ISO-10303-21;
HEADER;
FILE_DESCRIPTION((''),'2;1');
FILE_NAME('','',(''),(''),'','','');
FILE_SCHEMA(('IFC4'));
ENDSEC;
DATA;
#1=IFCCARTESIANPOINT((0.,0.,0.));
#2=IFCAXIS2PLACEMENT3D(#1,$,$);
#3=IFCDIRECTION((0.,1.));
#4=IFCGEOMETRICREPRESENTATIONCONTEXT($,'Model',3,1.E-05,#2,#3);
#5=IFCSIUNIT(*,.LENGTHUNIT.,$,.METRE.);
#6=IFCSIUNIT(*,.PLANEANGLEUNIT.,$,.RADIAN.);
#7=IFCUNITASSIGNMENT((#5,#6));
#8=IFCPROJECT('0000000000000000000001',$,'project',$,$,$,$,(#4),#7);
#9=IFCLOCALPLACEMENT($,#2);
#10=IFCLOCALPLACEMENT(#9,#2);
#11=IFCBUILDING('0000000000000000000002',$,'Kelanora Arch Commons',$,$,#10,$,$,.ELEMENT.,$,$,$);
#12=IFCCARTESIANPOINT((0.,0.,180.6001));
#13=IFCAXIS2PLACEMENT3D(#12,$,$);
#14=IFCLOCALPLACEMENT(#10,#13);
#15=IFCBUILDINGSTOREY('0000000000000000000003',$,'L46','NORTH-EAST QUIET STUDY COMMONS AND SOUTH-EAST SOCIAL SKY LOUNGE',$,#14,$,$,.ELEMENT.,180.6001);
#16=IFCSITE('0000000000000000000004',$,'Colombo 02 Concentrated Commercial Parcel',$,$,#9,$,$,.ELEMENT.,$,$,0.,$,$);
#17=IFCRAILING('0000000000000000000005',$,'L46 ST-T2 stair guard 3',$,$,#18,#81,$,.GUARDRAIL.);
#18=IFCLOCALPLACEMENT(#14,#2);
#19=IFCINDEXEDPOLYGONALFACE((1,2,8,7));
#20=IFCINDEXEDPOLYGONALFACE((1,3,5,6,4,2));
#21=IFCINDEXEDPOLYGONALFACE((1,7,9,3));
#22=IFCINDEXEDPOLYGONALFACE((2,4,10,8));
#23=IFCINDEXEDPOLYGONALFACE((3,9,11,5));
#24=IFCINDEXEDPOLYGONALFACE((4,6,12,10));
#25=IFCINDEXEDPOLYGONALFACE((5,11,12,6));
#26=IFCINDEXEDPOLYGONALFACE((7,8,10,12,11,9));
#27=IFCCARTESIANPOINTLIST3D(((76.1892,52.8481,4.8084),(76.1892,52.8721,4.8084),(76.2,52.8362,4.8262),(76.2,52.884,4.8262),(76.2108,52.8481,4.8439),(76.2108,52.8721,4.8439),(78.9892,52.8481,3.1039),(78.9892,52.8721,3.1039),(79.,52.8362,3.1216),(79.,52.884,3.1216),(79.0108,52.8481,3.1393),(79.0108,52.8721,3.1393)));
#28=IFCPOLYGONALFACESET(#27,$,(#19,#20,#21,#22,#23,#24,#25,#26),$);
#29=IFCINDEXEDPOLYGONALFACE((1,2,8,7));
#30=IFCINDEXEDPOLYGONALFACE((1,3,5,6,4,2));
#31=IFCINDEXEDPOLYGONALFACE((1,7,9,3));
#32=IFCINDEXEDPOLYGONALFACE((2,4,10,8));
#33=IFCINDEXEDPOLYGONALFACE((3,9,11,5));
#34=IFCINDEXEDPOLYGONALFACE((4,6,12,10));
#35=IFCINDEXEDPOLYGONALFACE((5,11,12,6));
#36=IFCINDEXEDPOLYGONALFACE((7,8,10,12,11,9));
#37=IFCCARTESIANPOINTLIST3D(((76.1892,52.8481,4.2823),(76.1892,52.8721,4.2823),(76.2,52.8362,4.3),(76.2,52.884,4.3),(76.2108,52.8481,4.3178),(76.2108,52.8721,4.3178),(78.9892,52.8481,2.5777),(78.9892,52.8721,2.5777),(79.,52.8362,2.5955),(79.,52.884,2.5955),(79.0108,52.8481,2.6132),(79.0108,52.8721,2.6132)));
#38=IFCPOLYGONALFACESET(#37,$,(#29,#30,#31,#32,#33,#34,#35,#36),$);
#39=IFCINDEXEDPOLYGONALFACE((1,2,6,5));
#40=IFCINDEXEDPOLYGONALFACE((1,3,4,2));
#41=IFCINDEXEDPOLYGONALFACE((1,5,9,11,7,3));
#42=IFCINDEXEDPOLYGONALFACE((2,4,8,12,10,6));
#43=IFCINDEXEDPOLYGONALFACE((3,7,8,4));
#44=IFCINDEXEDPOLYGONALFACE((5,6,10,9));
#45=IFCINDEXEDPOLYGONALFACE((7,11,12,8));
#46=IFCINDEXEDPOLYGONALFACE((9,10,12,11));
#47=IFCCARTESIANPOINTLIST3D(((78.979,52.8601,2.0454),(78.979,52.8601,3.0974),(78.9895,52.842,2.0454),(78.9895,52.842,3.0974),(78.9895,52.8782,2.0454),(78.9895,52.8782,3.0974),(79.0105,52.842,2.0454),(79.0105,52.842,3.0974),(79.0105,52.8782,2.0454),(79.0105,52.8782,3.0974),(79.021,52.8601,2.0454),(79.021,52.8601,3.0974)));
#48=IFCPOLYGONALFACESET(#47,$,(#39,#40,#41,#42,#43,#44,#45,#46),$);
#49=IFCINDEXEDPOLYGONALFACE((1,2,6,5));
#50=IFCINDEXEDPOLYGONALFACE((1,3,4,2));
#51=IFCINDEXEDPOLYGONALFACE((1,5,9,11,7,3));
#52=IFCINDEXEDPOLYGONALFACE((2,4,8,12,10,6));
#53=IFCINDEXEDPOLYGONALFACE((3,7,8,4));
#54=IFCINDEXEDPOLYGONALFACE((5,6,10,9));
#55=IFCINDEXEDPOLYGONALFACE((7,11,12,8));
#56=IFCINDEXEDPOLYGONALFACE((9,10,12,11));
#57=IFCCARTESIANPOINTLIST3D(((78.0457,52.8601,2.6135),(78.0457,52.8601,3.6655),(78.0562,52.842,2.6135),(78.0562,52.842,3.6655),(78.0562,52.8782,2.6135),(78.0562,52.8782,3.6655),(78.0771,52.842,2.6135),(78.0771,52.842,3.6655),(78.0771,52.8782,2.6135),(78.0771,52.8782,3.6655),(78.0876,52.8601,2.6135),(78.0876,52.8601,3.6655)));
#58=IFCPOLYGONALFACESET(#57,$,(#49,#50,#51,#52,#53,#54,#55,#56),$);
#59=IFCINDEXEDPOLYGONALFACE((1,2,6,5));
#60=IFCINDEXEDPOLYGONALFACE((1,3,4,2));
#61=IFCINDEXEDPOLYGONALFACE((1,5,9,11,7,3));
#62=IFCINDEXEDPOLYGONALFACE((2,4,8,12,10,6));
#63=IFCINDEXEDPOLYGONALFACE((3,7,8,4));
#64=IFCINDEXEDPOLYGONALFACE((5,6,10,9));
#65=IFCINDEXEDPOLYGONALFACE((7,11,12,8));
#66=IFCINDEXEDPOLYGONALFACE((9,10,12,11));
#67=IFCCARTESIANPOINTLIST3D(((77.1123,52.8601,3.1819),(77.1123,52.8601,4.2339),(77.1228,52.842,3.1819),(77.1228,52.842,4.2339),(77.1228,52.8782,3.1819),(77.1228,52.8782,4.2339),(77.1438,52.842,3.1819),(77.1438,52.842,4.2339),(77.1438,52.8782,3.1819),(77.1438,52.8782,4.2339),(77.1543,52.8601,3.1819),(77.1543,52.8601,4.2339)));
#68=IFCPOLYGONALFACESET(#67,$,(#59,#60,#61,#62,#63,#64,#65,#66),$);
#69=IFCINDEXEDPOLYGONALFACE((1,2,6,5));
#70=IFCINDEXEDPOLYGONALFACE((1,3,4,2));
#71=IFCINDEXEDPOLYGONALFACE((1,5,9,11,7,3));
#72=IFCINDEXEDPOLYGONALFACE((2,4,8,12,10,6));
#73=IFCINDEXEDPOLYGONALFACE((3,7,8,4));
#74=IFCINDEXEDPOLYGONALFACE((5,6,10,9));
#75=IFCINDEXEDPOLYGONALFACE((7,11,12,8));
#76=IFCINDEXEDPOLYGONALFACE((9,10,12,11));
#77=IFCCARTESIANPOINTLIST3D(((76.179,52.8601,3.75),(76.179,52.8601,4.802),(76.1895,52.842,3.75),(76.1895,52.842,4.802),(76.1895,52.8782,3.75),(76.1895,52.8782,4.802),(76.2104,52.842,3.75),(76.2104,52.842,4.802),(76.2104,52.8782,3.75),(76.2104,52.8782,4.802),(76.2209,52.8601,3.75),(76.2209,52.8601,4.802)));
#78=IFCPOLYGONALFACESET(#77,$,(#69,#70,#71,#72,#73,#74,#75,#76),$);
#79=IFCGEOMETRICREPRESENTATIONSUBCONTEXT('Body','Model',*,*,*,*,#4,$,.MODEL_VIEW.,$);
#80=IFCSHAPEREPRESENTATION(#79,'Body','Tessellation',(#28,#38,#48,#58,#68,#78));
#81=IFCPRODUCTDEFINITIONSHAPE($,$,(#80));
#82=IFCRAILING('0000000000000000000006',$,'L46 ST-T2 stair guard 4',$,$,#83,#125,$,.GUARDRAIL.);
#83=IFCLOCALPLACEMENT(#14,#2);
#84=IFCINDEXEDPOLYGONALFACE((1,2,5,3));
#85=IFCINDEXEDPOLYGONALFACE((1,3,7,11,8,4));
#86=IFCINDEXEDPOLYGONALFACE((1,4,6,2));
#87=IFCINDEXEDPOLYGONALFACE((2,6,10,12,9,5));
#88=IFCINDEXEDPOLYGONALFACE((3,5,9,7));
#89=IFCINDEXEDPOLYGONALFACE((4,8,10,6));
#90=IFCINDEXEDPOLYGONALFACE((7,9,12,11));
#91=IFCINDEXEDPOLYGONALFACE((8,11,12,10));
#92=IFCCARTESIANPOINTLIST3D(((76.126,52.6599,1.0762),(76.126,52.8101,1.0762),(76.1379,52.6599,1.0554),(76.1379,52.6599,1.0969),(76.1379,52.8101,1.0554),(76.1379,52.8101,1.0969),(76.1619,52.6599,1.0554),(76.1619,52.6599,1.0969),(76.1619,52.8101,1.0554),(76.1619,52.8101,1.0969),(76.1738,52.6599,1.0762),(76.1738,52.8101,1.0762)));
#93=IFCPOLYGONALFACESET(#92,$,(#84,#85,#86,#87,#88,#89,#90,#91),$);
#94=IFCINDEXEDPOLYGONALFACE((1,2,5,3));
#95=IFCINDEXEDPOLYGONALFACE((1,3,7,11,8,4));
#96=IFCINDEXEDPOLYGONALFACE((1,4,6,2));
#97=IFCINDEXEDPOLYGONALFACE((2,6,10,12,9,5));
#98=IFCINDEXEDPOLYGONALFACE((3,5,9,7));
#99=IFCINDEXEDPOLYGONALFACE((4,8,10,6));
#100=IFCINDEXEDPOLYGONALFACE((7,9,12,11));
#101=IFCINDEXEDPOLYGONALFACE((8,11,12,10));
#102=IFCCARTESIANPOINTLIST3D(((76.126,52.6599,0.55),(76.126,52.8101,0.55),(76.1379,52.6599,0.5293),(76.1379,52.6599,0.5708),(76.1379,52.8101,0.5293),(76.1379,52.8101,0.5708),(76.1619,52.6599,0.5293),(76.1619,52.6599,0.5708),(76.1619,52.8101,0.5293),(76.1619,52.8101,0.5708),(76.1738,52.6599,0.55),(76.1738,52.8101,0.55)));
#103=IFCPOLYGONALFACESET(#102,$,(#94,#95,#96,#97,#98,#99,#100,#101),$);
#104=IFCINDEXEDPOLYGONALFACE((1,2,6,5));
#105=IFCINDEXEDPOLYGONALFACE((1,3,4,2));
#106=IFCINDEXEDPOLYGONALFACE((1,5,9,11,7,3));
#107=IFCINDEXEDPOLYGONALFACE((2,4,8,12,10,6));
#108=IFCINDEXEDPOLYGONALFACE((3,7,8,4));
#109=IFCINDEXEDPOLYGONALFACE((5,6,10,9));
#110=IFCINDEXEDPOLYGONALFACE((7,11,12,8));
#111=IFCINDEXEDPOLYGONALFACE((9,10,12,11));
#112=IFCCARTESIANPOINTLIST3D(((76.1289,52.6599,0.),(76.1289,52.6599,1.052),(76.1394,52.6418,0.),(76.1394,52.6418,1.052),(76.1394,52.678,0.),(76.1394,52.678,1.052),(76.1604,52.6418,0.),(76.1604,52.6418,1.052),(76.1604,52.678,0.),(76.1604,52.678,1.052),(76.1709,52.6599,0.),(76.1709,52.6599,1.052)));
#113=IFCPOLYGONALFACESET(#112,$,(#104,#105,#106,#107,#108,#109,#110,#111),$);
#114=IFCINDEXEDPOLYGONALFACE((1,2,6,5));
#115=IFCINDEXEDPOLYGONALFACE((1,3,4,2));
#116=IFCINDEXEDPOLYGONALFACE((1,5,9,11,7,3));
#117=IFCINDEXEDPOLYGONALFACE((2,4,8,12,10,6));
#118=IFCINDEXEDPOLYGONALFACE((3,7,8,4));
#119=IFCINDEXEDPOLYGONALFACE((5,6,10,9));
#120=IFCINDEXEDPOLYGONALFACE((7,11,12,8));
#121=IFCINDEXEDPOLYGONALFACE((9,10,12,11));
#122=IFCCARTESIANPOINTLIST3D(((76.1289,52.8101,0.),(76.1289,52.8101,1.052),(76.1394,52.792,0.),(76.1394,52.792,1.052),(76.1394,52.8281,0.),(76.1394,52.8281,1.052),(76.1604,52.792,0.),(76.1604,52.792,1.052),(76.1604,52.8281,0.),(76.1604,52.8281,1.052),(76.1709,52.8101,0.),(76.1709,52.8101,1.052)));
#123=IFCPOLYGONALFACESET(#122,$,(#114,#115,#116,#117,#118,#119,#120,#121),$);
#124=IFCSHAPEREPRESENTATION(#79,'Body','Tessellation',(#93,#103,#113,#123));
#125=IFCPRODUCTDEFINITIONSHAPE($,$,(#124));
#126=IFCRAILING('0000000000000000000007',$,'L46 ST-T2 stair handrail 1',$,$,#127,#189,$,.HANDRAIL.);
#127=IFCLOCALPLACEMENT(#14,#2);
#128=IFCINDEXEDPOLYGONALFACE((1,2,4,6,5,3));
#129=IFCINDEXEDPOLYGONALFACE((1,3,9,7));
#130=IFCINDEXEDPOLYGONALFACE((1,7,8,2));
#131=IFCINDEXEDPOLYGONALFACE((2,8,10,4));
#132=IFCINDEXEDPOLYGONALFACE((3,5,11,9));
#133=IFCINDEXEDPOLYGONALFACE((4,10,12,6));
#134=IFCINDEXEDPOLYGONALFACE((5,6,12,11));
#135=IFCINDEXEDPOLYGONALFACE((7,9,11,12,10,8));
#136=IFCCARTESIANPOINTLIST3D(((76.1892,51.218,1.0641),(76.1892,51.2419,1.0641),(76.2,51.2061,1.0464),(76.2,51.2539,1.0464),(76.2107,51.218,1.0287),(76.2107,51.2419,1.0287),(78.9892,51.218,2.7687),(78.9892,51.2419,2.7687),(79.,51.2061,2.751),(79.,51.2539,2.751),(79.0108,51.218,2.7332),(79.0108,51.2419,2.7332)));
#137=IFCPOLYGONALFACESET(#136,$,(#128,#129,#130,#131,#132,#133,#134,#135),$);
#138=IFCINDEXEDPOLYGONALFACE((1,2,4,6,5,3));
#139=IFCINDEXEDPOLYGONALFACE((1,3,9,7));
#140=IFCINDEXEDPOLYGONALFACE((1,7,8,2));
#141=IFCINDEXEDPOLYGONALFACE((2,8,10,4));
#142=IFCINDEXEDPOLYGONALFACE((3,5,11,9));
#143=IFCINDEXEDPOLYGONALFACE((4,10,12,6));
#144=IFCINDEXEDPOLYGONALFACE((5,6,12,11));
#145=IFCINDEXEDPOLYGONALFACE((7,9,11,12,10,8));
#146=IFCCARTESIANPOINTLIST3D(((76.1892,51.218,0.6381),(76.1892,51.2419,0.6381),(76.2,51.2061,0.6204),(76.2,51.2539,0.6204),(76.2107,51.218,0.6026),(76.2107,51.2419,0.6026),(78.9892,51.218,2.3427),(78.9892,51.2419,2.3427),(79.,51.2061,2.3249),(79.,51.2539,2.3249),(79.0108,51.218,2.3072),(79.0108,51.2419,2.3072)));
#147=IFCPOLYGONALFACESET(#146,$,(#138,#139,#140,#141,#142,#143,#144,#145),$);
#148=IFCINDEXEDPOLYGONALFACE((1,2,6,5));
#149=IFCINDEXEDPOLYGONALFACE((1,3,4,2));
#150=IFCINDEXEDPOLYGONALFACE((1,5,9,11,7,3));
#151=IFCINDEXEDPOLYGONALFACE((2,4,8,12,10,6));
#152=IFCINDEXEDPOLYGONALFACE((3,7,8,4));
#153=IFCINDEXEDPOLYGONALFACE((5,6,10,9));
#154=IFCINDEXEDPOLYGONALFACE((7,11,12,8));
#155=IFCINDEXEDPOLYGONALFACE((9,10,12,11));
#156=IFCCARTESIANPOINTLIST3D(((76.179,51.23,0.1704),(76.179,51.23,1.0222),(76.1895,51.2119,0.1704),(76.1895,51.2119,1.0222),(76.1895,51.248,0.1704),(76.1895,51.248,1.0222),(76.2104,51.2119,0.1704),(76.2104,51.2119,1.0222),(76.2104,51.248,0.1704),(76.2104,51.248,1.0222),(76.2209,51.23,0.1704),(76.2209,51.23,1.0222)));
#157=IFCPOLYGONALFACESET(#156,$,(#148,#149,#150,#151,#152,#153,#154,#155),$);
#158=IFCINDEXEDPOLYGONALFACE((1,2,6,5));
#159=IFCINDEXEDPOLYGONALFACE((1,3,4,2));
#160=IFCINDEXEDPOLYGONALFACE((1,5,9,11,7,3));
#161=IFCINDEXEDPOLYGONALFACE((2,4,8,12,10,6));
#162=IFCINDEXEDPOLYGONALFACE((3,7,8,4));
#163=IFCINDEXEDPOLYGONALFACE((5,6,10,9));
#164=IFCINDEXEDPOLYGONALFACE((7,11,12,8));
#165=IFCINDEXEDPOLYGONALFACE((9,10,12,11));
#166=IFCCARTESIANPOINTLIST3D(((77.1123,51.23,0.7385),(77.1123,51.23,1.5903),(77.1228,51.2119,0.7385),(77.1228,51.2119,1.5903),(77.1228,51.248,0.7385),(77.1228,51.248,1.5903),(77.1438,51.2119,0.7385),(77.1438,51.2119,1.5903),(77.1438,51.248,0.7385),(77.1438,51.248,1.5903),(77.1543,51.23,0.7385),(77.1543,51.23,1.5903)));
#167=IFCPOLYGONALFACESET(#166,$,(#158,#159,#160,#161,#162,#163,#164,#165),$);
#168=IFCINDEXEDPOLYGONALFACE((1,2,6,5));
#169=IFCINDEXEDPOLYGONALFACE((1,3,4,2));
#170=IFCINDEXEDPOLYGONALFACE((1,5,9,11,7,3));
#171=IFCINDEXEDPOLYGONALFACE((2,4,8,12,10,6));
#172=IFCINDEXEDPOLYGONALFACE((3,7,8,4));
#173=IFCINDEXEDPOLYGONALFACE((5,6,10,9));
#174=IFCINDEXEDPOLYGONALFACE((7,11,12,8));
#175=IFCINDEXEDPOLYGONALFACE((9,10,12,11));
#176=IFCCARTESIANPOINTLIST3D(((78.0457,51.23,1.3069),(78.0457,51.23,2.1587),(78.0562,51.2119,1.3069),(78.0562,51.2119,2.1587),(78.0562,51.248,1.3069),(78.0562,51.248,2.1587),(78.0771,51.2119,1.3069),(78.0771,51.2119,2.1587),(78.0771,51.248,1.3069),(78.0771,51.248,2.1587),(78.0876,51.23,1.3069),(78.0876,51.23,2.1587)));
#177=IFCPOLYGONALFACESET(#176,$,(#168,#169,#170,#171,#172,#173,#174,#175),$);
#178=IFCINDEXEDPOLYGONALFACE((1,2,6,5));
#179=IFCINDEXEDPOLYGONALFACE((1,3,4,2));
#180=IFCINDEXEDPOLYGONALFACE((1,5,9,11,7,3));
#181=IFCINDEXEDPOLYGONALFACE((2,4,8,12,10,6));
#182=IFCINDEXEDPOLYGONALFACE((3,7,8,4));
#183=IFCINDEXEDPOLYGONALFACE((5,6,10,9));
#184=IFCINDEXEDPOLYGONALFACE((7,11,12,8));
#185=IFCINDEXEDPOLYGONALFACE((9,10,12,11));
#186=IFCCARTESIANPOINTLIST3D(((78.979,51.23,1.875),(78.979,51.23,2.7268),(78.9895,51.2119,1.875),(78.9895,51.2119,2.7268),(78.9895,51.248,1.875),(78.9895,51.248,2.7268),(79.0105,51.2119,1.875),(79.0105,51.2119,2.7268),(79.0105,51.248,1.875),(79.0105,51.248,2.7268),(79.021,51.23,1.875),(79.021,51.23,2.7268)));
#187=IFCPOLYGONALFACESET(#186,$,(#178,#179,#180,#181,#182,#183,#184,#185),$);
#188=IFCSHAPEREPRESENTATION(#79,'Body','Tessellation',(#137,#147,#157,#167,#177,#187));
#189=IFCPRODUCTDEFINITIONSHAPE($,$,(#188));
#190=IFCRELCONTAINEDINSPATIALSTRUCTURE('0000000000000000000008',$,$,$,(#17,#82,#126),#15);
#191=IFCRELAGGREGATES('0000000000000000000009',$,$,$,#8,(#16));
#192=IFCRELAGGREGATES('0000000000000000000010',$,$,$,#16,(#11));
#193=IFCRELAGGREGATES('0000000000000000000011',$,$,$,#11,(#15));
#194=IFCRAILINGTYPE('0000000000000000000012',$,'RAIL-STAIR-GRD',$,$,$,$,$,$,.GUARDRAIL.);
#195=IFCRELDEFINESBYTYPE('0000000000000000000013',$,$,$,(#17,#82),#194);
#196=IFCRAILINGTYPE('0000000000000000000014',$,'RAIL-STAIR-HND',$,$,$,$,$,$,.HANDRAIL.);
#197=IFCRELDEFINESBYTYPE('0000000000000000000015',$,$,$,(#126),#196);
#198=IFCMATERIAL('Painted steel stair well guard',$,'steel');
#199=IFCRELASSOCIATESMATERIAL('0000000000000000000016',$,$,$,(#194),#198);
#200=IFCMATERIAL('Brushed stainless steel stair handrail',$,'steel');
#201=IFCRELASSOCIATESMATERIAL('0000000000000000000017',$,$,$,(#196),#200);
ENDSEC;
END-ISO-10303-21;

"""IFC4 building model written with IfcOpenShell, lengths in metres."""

from ifc_helpers import new_model, si_unit, direction, frame, origin, place, context, subcontext, project, spatial, polyline, outline, extrude, material, type_object, element, save


model = new_model("IFC4")

# Units and contexts
model_context = context("Model", 3, precision=1e-05, world=origin(), true_north=direction((0.0, 1.0)))
body_context = subcontext(model_context, "Body", "Model", "MODEL_VIEW")
ifc_project = project(units=[si_unit("LENGTHUNIT", "METRE"), si_unit("PLANEANGLEUNIT", "RADIAN")], contexts=[model_context])

# Site, building, storey
site_placement = place(None, origin())
site = spatial("IfcSite", under=ifc_project, at=site_placement, Name="Colombo 02 Concentrated Commercial Parcel", CompositionType="ELEMENT", RefElevation=0.0)
building_placement = place(site_placement, origin())
building = spatial("IfcBuilding", under=site, at=building_placement, Name="Kelanora Arch Commons", CompositionType="ELEMENT")
storey_placement = place(building_placement, frame((0.0, 0.0, 180.6001)))
storey = spatial("IfcBuildingStorey", under=building, at=storey_placement, Name="L46", Description="NORTH-EAST QUIET STUDY COMMONS AND SOUTH-EAST SOCIAL SKY LOUNGE", CompositionType="ELEMENT", Elevation=180.6001)

# Railings
ifc_material_1 = material(Name="Painted steel stair well guard", Category="steel")
railing_type_1 = type_object("IfcRailingType", Name="RAIL-STAIR-GRD", PredefinedType="GUARDRAIL", material=ifc_material_1)
railing_1_placement = place(storey_placement, frame((79.0, 52.8601, 2.0454)))
element("IfcRailing", 1, at=railing_1_placement, inside=storey, type_object=railing_type_1, Name="L46 ST-T2 stair guard 3", PredefinedType="GUARDRAIL", context=body_context, shape_type="SweptSolid", body=[
    extrude(outline(polyline([(0.0239, 0.0), (0.012, 0.0208), (-0.012, 0.0208), (-0.0239, 0.0), (-0.012, -0.0208), (0.012, -0.0208), (0.0239, 0.0)])), frame((0.0, 0.0, 1.0762), z_axis=(-0.85417, 0.0, 0.519994), x_axis=(0.0, -1.0, 0.0)), (0.0, 0.0, 1.0), 3.2781),
    extrude(outline(polyline([(0.0239, 0.0), (0.012, 0.0208), (-0.012, 0.0208), (-0.0239, 0.0), (-0.012, -0.0208), (0.012, -0.0208), (0.0239, 0.0)])), frame((0.0, 0.0, 0.55), z_axis=(-0.85417, 0.0, 0.519994), x_axis=(0.0, -1.0, 0.0)), (0.0, 0.0, 1.0), 3.2781),
    extrude(outline(polyline([(0.021, 0.0), (0.0105, 0.0181), (-0.0105, 0.0181), (-0.021, 0.0), (-0.0105, -0.0181), (0.0105, -0.0181), (0.021, 0.0)])), origin(), (0.0, 0.0, 1.0), 1.052),
    extrude(outline(polyline([(0.021, 0.0), (0.0105, 0.0181), (-0.0105, 0.0181), (-0.021, 0.0), (-0.0105, -0.0181), (0.0105, -0.0181), (0.021, 0.0)])), frame((-0.9333, 0.0, 0.5681)), (0.0, 0.0, 1.0), 1.052),
    extrude(outline(polyline([(0.021, 0.0), (0.0105, 0.0181), (-0.0105, 0.0181), (-0.021, 0.0), (-0.0105, -0.0181), (0.0105, -0.0181), (0.021, 0.0)])), frame((-1.8667, 0.0, 1.1365)), (0.0, 0.0, 1.0), 1.052),
    extrude(outline(polyline([(0.021, 0.0), (0.0105, 0.0181), (-0.0105, 0.0181), (-0.021, 0.0), (-0.0105, -0.0181), (0.0105, -0.0181), (0.021, 0.0)])), frame((-2.8, 0.0, 1.7046)), (0.0, 0.0, 1.0), 1.052),
])
railing_2_placement = place(storey_placement, frame((76.1499, 52.6599, 0.0)))
element("IfcRailing", 2, at=railing_2_placement, inside=storey, type_object=railing_type_1, Name="L46 ST-T2 stair guard 4", PredefinedType="GUARDRAIL", context=body_context, shape_type="SweptSolid", body=[
    extrude(outline(polyline([(0.0239, 0.0), (0.012, 0.0208), (-0.012, 0.0208), (-0.0239, 0.0), (-0.012, -0.0208), (0.012, -0.0208), (0.0239, 0.0)])), frame((0.0, 0.0, 1.0762), z_axis=(0.0, 1.0, 0.0), x_axis=(-1.0, 0.0, 0.0)), (0.0, 0.0, 1.0), 0.1501),
    extrude(outline(polyline([(0.0239, 0.0), (0.012, 0.0208), (-0.012, 0.0208), (-0.0239, 0.0), (-0.012, -0.0208), (0.012, -0.0208), (0.0239, 0.0)])), frame((0.0, 0.0, 0.55), z_axis=(0.0, 1.0, 0.0), x_axis=(-1.0, 0.0, 0.0)), (0.0, 0.0, 1.0), 0.1501),
    extrude(outline(polyline([(0.021, 0.0), (0.0105, 0.0181), (-0.0105, 0.0181), (-0.021, 0.0), (-0.0105, -0.0181), (0.0105, -0.0181), (0.021, 0.0)])), origin(), (0.0, 0.0, 1.0), 1.052),
    extrude(outline(polyline([(0.021, 0.0), (0.0105, 0.0181), (-0.0105, 0.0181), (-0.021, 0.0), (-0.0105, -0.0181), (0.0105, -0.0181), (0.021, 0.0)])), frame((0.0, 0.1501, 0.0)), (0.0, 0.0, 1.0), 1.052),
])
ifc_material_2 = material(Name="Brushed stainless steel stair handrail", Category="steel")
railing_type_2 = type_object("IfcRailingType", Name="RAIL-STAIR-HND", PredefinedType="HANDRAIL", material=ifc_material_2)
railing_3_placement = place(storey_placement, frame((76.2, 51.23, 0.1704)))
element("IfcRailing", 3, at=railing_3_placement, inside=storey, type_object=railing_type_2, Name="L46 ST-T2 stair handrail 1", PredefinedType="HANDRAIL", context=body_context, shape_type="SweptSolid", body=[
    extrude(outline(polyline([(0.0239, 0.0), (0.012, 0.0208), (-0.012, 0.0208), (-0.0239, 0.0), (-0.012, -0.0208), (0.012, -0.0208), (0.0239, 0.0)])), frame((0.0, 0.0, 0.876), z_axis=(0.85417, 0.0, 0.519994), x_axis=(0.0, 1.0, 0.0)), (0.0, 0.0, 1.0), 3.2781),
    extrude(outline(polyline([(0.0239, 0.0), (0.012, 0.0208), (-0.012, 0.0208), (-0.0239, 0.0), (-0.012, -0.0208), (0.012, -0.0208), (0.0239, 0.0)])), frame((0.0, 0.0, 0.45), z_axis=(0.85417, 0.0, 0.519994), x_axis=(0.0, 1.0, 0.0)), (0.0, 0.0, 1.0), 3.2781),
    extrude(outline(polyline([(0.021, 0.0), (0.0105, 0.0181), (-0.0105, 0.0181), (-0.021, 0.0), (-0.0105, -0.0181), (0.0105, -0.0181), (0.021, 0.0)])), origin(), (0.0, 0.0, 1.0), 0.8518),
    extrude(outline(polyline([(0.021, 0.0), (0.0105, 0.0181), (-0.0105, 0.0181), (-0.021, 0.0), (-0.0105, -0.0181), (0.0105, -0.0181), (0.021, 0.0)])), frame((0.9333, 0.0, 0.5681)), (0.0, 0.0, 1.0), 0.8518),
    extrude(outline(polyline([(0.021, 0.0), (0.0105, 0.0181), (-0.0105, 0.0181), (-0.021, 0.0), (-0.0105, -0.0181), (0.0105, -0.0181), (0.021, 0.0)])), frame((1.8667, 0.0, 1.1365)), (0.0, 0.0, 1.0), 0.8518),
    extrude(outline(polyline([(0.021, 0.0), (0.0105, 0.0181), (-0.0105, 0.0181), (-0.021, 0.0), (-0.0105, -0.0181), (0.0105, -0.0181), (0.021, 0.0)])), frame((2.8, 0.0, 1.7046)), (0.0, 0.0, 1.0), 0.8518),
])

save(model, "model.ifc")
